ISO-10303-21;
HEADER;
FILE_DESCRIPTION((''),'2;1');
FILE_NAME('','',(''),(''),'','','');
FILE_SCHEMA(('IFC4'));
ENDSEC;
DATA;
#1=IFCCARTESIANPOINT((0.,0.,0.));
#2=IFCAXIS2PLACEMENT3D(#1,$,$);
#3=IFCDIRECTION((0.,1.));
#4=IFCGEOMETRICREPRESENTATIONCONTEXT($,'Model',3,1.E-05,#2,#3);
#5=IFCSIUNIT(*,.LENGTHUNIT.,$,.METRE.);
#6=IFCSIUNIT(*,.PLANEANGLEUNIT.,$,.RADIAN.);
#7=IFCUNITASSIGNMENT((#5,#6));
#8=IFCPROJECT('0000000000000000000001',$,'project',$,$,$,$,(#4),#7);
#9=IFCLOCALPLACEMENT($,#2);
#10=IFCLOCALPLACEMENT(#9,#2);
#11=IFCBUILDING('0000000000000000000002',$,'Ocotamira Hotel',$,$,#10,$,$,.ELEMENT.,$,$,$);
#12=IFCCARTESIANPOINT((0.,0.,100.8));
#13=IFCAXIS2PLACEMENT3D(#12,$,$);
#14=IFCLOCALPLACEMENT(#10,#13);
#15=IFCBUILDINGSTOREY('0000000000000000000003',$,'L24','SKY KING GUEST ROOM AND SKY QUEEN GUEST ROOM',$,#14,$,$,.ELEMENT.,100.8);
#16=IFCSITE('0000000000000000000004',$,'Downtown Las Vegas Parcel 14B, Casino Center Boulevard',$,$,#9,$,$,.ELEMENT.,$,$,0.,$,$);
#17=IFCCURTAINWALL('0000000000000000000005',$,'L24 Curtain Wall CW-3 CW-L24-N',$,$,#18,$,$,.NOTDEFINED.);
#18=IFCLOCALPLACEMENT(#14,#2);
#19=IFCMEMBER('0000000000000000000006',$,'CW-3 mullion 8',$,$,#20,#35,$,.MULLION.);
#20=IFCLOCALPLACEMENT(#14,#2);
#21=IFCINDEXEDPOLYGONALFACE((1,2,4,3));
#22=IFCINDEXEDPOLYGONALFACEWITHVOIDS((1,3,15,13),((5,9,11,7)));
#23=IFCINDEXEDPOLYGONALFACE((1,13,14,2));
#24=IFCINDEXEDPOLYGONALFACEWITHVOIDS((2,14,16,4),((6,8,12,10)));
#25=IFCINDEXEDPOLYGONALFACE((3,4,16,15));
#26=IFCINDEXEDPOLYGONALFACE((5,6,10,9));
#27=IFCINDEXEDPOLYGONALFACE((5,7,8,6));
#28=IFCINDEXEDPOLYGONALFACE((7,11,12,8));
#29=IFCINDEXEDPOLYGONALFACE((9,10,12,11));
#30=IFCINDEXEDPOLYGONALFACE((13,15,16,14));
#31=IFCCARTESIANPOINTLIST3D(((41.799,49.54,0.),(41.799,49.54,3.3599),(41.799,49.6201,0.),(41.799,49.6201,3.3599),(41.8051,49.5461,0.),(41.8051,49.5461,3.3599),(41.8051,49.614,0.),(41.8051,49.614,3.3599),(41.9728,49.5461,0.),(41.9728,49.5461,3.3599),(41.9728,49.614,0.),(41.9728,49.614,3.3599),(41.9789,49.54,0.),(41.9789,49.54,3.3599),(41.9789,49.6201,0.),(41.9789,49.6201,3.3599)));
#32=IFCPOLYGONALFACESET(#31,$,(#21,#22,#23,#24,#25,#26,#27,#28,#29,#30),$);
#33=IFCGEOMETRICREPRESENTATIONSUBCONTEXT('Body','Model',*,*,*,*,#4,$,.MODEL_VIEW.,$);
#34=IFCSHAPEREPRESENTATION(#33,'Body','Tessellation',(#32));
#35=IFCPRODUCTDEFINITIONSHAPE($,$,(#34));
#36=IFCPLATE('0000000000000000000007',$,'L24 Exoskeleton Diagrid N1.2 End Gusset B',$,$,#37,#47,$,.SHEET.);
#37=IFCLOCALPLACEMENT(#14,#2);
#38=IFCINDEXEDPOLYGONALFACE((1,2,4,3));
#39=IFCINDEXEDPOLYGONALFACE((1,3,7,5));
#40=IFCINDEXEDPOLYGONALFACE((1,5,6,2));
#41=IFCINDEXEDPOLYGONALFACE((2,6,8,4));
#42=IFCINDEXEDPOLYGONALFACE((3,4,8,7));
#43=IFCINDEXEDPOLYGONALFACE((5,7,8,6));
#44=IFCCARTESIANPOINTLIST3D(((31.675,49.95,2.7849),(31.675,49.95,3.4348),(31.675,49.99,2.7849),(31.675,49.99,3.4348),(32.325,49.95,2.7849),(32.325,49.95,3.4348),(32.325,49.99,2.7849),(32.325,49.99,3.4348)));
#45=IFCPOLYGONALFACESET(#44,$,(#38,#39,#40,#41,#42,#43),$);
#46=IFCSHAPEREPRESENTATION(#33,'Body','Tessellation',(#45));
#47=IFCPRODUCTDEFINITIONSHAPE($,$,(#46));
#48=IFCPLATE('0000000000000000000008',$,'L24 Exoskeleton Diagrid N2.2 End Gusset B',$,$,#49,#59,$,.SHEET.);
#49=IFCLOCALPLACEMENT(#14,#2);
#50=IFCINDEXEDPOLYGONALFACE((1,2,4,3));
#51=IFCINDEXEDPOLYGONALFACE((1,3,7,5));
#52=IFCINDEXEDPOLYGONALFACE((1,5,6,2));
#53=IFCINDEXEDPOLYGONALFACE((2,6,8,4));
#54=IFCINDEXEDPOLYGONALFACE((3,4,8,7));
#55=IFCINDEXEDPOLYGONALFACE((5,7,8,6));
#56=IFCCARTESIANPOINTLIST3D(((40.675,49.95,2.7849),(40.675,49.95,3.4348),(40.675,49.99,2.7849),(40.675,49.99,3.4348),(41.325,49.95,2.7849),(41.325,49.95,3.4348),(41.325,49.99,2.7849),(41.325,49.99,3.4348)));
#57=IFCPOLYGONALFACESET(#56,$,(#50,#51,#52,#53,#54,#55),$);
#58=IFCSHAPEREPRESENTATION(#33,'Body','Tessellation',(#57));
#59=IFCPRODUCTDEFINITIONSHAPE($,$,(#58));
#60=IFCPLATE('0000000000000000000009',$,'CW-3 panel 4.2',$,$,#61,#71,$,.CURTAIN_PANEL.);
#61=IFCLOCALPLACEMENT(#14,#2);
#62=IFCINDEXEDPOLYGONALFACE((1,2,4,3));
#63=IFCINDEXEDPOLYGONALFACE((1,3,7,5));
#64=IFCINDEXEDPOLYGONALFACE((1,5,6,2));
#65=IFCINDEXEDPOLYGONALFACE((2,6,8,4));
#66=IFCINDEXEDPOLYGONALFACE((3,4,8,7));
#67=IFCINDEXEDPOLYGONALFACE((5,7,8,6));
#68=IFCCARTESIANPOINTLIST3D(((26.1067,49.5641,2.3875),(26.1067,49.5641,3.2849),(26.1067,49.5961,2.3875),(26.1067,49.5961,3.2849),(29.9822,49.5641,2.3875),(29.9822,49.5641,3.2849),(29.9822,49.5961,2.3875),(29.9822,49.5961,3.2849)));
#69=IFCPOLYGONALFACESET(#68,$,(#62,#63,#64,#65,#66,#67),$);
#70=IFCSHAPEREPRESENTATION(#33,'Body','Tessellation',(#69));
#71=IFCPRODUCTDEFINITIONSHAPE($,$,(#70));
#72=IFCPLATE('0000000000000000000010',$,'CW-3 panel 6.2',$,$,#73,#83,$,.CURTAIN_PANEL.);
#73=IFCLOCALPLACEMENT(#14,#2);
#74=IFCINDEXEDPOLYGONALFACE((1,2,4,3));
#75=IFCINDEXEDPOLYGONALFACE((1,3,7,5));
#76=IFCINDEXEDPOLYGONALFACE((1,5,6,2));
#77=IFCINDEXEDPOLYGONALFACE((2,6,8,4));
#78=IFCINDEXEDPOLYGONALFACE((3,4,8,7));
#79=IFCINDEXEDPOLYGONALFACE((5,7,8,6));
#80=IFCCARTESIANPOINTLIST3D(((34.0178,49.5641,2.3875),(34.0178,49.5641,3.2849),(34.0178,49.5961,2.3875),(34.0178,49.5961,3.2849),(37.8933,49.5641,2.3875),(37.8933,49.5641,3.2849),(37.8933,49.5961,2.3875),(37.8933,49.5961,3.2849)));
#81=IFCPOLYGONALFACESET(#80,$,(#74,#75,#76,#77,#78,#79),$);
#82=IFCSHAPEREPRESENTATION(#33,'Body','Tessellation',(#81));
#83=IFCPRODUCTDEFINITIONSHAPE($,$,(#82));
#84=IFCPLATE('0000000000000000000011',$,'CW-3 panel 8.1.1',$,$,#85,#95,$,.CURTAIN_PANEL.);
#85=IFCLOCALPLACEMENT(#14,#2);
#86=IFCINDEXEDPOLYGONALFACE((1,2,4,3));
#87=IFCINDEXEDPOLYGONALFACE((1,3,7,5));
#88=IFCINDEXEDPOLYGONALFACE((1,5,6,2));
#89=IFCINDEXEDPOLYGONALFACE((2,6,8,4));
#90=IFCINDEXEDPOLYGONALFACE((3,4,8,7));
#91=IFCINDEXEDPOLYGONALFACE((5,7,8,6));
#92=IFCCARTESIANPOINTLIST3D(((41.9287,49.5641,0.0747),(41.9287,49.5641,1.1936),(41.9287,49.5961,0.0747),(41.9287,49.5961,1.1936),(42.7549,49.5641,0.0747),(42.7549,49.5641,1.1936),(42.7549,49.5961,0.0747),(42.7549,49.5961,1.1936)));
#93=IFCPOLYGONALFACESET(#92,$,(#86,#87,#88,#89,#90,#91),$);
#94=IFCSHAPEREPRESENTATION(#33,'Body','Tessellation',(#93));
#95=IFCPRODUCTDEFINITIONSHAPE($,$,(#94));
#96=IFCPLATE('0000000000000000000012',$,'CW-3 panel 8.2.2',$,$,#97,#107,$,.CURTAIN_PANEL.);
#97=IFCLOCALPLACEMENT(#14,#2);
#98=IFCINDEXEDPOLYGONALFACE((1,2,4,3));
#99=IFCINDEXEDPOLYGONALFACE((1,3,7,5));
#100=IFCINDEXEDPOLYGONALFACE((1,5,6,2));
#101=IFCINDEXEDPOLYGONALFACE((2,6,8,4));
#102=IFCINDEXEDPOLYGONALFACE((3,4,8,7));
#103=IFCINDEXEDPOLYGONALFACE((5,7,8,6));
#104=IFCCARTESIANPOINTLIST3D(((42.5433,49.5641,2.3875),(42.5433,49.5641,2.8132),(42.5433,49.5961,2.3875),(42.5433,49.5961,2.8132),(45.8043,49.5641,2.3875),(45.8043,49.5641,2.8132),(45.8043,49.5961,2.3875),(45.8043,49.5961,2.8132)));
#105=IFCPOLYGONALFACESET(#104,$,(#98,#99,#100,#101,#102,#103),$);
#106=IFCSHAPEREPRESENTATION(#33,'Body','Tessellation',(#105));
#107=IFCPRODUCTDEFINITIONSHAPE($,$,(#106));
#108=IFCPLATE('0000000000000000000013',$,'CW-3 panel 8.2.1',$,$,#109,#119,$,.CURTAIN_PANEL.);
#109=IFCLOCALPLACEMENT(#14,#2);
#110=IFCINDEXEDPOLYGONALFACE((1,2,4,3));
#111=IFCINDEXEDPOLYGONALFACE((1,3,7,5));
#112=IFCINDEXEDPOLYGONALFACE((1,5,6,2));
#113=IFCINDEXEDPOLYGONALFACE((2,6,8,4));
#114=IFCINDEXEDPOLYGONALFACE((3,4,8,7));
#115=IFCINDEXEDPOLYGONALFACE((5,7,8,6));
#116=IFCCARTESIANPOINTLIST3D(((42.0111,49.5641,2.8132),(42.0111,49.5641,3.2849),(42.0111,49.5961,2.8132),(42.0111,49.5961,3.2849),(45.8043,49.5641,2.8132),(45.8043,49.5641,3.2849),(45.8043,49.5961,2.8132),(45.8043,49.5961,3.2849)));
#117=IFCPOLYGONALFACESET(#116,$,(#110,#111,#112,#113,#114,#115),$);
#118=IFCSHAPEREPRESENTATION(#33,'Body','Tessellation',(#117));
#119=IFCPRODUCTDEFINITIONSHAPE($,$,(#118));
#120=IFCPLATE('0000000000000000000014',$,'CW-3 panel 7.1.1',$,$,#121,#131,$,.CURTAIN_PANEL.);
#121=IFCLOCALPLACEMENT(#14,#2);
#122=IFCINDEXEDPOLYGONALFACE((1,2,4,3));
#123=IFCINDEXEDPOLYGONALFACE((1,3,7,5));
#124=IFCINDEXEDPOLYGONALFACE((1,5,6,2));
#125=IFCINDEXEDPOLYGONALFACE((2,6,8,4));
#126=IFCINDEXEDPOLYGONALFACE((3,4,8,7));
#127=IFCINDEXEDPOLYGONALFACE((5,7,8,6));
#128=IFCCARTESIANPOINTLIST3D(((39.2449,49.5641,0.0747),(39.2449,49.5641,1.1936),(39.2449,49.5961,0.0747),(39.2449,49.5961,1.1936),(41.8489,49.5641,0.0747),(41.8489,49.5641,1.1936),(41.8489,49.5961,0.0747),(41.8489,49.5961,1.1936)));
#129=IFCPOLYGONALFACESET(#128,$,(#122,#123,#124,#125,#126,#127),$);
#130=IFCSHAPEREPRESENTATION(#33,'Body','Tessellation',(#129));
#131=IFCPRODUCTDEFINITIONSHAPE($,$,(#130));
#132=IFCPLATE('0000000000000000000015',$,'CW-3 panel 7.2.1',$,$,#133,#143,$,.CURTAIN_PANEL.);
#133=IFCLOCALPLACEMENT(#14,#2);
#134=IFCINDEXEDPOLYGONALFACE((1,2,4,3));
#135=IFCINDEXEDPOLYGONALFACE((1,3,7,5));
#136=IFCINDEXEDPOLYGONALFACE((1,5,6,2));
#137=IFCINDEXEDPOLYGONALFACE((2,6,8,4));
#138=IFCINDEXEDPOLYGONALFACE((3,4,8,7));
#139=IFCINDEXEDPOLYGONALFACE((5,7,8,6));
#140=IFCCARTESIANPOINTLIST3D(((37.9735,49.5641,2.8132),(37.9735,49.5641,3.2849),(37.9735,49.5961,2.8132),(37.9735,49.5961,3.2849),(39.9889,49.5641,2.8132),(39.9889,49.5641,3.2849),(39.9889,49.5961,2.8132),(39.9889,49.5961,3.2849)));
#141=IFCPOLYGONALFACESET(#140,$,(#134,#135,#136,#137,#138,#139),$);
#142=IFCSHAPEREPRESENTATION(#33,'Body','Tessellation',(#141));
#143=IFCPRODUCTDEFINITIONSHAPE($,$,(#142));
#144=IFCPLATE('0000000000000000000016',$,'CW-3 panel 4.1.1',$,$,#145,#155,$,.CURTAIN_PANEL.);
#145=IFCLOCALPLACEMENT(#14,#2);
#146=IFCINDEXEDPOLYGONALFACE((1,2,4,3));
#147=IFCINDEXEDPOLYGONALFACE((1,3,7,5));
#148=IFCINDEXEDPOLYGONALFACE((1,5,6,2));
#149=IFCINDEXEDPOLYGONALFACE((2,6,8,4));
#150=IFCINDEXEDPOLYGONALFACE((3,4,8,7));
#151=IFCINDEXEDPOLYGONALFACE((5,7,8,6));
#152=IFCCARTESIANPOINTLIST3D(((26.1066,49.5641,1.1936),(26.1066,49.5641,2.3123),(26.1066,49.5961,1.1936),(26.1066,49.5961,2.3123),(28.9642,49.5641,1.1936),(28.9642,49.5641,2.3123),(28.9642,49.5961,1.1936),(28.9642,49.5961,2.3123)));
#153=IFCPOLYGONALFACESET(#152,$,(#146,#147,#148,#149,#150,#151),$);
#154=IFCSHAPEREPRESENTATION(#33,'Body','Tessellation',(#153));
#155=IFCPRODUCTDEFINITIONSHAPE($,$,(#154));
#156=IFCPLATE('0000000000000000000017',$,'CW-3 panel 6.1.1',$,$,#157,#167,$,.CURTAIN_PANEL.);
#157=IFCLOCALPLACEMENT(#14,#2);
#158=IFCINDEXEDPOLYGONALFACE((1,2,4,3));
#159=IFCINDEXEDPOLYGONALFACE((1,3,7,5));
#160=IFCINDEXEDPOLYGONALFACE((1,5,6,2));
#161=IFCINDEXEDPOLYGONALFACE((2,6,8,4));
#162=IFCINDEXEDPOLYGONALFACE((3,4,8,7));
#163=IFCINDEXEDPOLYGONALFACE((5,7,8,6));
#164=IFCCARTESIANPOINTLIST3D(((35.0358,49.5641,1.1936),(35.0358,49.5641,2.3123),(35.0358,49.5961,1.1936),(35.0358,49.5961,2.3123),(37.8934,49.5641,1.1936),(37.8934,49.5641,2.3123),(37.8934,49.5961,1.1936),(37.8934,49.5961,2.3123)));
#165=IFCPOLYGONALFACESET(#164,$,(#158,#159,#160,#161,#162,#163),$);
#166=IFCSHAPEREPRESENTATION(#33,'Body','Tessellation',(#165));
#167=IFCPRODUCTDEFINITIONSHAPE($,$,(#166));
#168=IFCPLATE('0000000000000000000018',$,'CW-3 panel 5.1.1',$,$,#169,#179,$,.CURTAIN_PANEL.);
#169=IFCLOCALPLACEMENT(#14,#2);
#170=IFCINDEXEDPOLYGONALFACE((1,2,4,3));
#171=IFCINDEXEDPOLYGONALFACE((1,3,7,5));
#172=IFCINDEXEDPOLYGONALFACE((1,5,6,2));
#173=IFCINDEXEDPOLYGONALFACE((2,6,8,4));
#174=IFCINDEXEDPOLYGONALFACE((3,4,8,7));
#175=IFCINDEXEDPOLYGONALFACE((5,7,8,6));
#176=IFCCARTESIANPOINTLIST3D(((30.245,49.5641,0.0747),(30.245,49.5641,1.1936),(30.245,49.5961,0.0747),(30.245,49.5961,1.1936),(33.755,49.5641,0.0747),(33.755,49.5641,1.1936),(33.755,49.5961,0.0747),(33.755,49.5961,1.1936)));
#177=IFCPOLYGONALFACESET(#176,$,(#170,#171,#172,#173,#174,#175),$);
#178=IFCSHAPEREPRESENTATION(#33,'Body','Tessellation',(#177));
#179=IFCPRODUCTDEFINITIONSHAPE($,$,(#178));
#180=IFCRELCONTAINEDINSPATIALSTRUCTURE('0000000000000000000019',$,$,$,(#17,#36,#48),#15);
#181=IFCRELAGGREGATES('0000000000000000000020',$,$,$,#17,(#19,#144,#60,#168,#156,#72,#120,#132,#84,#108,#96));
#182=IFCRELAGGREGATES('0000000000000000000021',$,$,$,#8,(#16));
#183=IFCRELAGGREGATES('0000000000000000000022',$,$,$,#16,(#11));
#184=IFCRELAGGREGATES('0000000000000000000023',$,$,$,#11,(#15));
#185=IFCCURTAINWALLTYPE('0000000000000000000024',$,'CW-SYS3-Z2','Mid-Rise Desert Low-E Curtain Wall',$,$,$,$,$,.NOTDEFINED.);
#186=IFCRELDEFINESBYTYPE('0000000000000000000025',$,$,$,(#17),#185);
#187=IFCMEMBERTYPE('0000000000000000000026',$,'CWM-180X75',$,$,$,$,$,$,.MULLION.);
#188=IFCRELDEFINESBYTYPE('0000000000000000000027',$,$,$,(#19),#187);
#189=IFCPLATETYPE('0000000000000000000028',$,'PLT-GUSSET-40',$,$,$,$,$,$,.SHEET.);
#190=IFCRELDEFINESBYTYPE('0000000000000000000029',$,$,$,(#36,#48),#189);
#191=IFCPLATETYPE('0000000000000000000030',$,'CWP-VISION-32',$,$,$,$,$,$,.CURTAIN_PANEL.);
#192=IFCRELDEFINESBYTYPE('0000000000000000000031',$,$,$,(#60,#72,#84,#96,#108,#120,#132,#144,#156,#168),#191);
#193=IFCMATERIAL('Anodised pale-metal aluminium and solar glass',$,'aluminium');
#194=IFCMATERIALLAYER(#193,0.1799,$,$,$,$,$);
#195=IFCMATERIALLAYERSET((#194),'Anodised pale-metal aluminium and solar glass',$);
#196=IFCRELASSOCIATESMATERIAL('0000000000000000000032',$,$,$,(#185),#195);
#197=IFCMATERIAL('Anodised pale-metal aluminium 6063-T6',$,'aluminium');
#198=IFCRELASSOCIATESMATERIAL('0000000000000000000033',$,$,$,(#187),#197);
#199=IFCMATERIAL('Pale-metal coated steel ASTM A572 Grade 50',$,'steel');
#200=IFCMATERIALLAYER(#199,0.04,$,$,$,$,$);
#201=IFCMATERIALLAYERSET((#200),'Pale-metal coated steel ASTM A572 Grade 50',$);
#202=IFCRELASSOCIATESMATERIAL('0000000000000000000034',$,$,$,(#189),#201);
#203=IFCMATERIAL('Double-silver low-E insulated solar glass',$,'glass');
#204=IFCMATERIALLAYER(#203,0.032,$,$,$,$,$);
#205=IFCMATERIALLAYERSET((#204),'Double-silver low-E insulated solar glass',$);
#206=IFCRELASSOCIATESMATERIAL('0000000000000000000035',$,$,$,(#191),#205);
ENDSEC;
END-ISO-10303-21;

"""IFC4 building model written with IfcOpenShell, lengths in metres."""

from ifc_helpers import new_model, si_unit, direction, frame, origin, origin_2d, place, context, subcontext, project, spatial, rectangle, hollow_rectangle, extrude, source, transform, mapped, material, layer, layer_set, material_profile, profile_set, type_object, element, aggregate, save


model = new_model("IFC4")

# Units and contexts
model_context = context("Model", 3, precision=1e-05, world=origin(), true_north=direction((0.0, 1.0)))
body_context = subcontext(model_context, "Body", "Model", "MODEL_VIEW")
ifc_project = project(units=[si_unit("LENGTHUNIT", "METRE"), si_unit("PLANEANGLEUNIT", "RADIAN")], contexts=[model_context])

# Site, building, storey
site_placement = place(None, origin())
site = spatial("IfcSite", under=ifc_project, at=site_placement, Name="Downtown Las Vegas Parcel 14B, Casino Center Boulevard", CompositionType="ELEMENT", RefElevation=0.0)
building_placement = place(site_placement, origin())
building = spatial("IfcBuilding", under=site, at=building_placement, Name="Ocotamira Hotel", CompositionType="ELEMENT")
storey_placement = place(building_placement, frame((0.0, 0.0, 100.8)))
storey = spatial("IfcBuildingStorey", under=building, at=storey_placement, Name="L24", Description="SKY KING GUEST ROOM AND SKY QUEEN GUEST ROOM", CompositionType="ELEMENT", Elevation=100.8)

# Curtain wall, member
ifc_material_1 = material(Name="Anodised pale-metal aluminium and solar glass", Category="aluminium")
ifc_layer_1 = layer(ifc_material_1, 0.1799)
ifc_layer_set_1 = layer_set([ifc_layer_1], Name="Anodised pale-metal aluminium and solar glass")
curtain_wall_type = type_object("IfcCurtainWallType", Name="CW-SYS3-Z2", Description="Mid-Rise Desert Low-E Curtain Wall", PredefinedType="NOTDEFINED", material=ifc_layer_set_1)
curtain_wall_placement = place(storey_placement, origin())
curtain_wall = element("IfcCurtainWall", 1, at=curtain_wall_placement, inside=storey, type_object=curtain_wall_type, Name="L24 Curtain Wall CW-3 CW-L24-N", PredefinedType="NOTDEFINED")
ifc_material_2 = material(Name="Anodised pale-metal aluminium 6063-T6", Category="aluminium")
ifc_material_profile_1 = material_profile(ifc_material_2, hollow_rectangle(XDim=0.0801, YDim=0.1799, WallThickness=0.0061, at=origin_2d()), Name="HSS180X80X6")
ifc_profile_set_1 = profile_set([ifc_material_profile_1], Name="Anodised pale-metal aluminium 6063-T6")
member_type_1 = type_object("IfcMemberType", Name="CWM-180X75", PredefinedType="MULLION", material=ifc_profile_set_1)
shared_shape_1 = source(origin(), body_context, "Body", "SweptSolid", [
    extrude(hollow_rectangle(XDim=0.0801, YDim=0.1799, WallThickness=0.0061, at=origin_2d()), origin(), (0.0, 0.0, 1.0), 3.3599),
])
member_1_placement = place(storey_placement, frame((41.8889, 49.5801, 0.0), z_axis=(0.0, 0.0, 1.0), x_axis=(0.0, 1.0, 0.0)))
member_1 = element("IfcMember", 2, at=member_1_placement, type_object=member_type_1, Name="CW-3 mullion 8", PredefinedType="MULLION", context=body_context, shape_type="MappedRepresentation", body=[
    mapped(shared_shape_1, transform((0.0, 0.0, 0.0), scale=1.0)),
])

# Plates
ifc_material_3 = material(Name="Pale-metal coated steel ASTM A572 Grade 50", Category="steel")
ifc_layer_2 = layer(ifc_material_3, 0.04)
ifc_layer_set_2 = layer_set([ifc_layer_2], Name="Pale-metal coated steel ASTM A572 Grade 50")
plate_type_1 = type_object("IfcPlateType", Name="PLT-GUSSET-40", PredefinedType="SHEET", material=ifc_layer_set_2)
shared_shape_2 = source(origin(), body_context, "Body", "SweptSolid", [
    extrude(rectangle(XDim=0.6499, YDim=0.04, at=origin_2d()), origin(), (0.0, 0.0, 1.0), 0.6499),
])
for number, where, z_axis, x_axis, name in (
    (3, (32.0, 49.97, 2.7849), (0.0, 0.0, 1.0), (1.0, 0.0, 0.0), "L24 Exoskeleton Diagrid N1.2 End Gusset B"),
    (4, (41.0, 49.97, 2.7849), (0.0, 0.0, 1.0), (1.0, 0.0, 0.0), "L24 Exoskeleton Diagrid N2.2 End Gusset B"),
):
    element("IfcPlate", number, at=place(storey_placement, frame(where, z_axis=z_axis, x_axis=x_axis)), inside=storey, type_object=plate_type_1, Name=name, PredefinedType="SHEET", context=body_context, shape_type="MappedRepresentation", body=[
        mapped(shared_shape_2, transform((0.0, 0.0, 0.0), scale=1.0)),
    ])

# Plates
ifc_material_4 = material(Name="Double-silver low-E insulated solar glass", Category="glass")
ifc_layer_3 = layer(ifc_material_4, 0.032)
ifc_layer_set_3 = layer_set([ifc_layer_3], Name="Double-silver low-E insulated solar glass")
plate_type_2 = type_object("IfcPlateType", Name="CWP-VISION-32", PredefinedType="CURTAIN_PANEL", material=ifc_layer_set_3)
shared_shape_3 = source(origin(), body_context, "Body", "SweptSolid", [
    extrude(rectangle(XDim=3.8755, YDim=0.032, at=origin_2d()), origin(), (0.0, 0.0, 1.0), 0.8975),
])
plate_1_placement = place(storey_placement, frame((28.0444, 49.5801, 2.3875), z_axis=(0.0, 0.0, 1.0), x_axis=(1.0, 0.0, 0.0)))
plate_1 = element("IfcPlate", 5, at=plate_1_placement, type_object=plate_type_2, Name="CW-3 panel 4.2", PredefinedType="CURTAIN_PANEL", context=body_context, shape_type="MappedRepresentation", body=[
    mapped(shared_shape_3, transform((0.0, 0.0, 0.0), scale=1.0)),
])
plate_2_placement = place(storey_placement, frame((35.9556, 49.5801, 2.3875), z_axis=(0.0, 0.0, 1.0), x_axis=(1.0, 0.0, 0.0)))
plate_2 = element("IfcPlate", 6, at=plate_2_placement, type_object=plate_type_2, Name="CW-3 panel 6.2", PredefinedType="CURTAIN_PANEL", context=body_context, shape_type="MappedRepresentation", body=[
    mapped(shared_shape_3, transform((0.0, 0.0, 0.0), scale=1.0)),
])
shared_shape_4 = source(origin(), body_context, "Body", "SweptSolid", [
    extrude(rectangle(XDim=0.8262, YDim=0.032, at=origin_2d()), origin(), (0.0, 0.0, 1.0), 1.1189),
])
plate_3_placement = place(storey_placement, frame((42.3418, 49.5801, 0.0747), z_axis=(0.0, 0.0, 1.0), x_axis=(1.0, 0.0, 0.0)))
plate_3 = element("IfcPlate", 7, at=plate_3_placement, type_object=plate_type_2, Name="CW-3 panel 8.1.1", PredefinedType="CURTAIN_PANEL", context=body_context, shape_type="MappedRepresentation", body=[
    mapped(shared_shape_4, transform((0.0, 0.0, 0.0), scale=1.0)),
])
shared_shape_5 = source(origin(), body_context, "Body", "SweptSolid", [
    extrude(rectangle(XDim=3.261, YDim=0.032, at=origin_2d()), origin(), (0.0, 0.0, 1.0), 0.4258),
])
plate_4_placement = place(storey_placement, frame((44.1738, 49.5801, 2.3875), z_axis=(0.0, 0.0, 1.0), x_axis=(1.0, 0.0, 0.0)))
plate_4 = element("IfcPlate", 8, at=plate_4_placement, type_object=plate_type_2, Name="CW-3 panel 8.2.2", PredefinedType="CURTAIN_PANEL", context=body_context, shape_type="MappedRepresentation", body=[
    mapped(shared_shape_5, transform((0.0, 0.0, 0.0), scale=1.0)),
])
shared_shape_6 = source(origin(), body_context, "Body", "SweptSolid", [
    extrude(rectangle(XDim=3.7932, YDim=0.032, at=origin_2d()), origin(), (0.0, 0.0, 1.0), 0.4717),
])
plate_5_placement = place(storey_placement, frame((43.9077, 49.5801, 2.8132), z_axis=(0.0, 0.0, 1.0), x_axis=(1.0, 0.0, 0.0)))
plate_5 = element("IfcPlate", 9, at=plate_5_placement, type_object=plate_type_2, Name="CW-3 panel 8.2.1", PredefinedType="CURTAIN_PANEL", context=body_context, shape_type="MappedRepresentation", body=[
    mapped(shared_shape_6, transform((0.0, 0.0, 0.0), scale=1.0)),
])
shared_shape_7 = source(origin(), body_context, "Body", "SweptSolid", [
    extrude(rectangle(XDim=2.604, YDim=0.032, at=origin_2d()), origin(), (0.0, 0.0, 1.0), 1.1189),
])
plate_6_placement = place(storey_placement, frame((40.5469, 49.5801, 0.0747), z_axis=(0.0, 0.0, 1.0), x_axis=(1.0, 0.0, 0.0)))
plate_6 = element("IfcPlate", 10, at=plate_6_placement, type_object=plate_type_2, Name="CW-3 panel 7.1.1", PredefinedType="CURTAIN_PANEL", context=body_context, shape_type="MappedRepresentation", body=[
    mapped(shared_shape_7, transform((0.0, 0.0, 0.0), scale=1.0)),
])
shared_shape_8 = source(origin(), body_context, "Body", "SweptSolid", [
    extrude(rectangle(XDim=2.0154, YDim=0.032, at=origin_2d()), origin(), (0.0, 0.0, 1.0), 0.4717),
])
plate_7_placement = place(storey_placement, frame((38.9812, 49.5801, 2.8132), z_axis=(0.0, 0.0, 1.0), x_axis=(1.0, 0.0, 0.0)))
plate_7 = element("IfcPlate", 11, at=plate_7_placement, type_object=plate_type_2, Name="CW-3 panel 7.2.1", PredefinedType="CURTAIN_PANEL", context=body_context, shape_type="MappedRepresentation", body=[
    mapped(shared_shape_8, transform((0.0, 0.0, 0.0), scale=1.0)),
])
shared_shape_9 = source(origin(), body_context, "Body", "SweptSolid", [
    extrude(rectangle(XDim=2.8577, YDim=0.032, at=origin_2d()), origin(), (0.0, 0.0, 1.0), 1.1187),
])
plate_8_placement = place(storey_placement, frame((27.5354, 49.5801, 1.1936), z_axis=(0.0, 0.0, 1.0), x_axis=(1.0, 0.0, 0.0)))
plate_8 = element("IfcPlate", 12, at=plate_8_placement, type_object=plate_type_2, Name="CW-3 panel 4.1.1", PredefinedType="CURTAIN_PANEL", context=body_context, shape_type="MappedRepresentation", body=[
    mapped(shared_shape_9, transform((0.0, 0.0, 0.0), scale=1.0)),
])
plate_9_placement = place(storey_placement, frame((36.4646, 49.5801, 1.1936), z_axis=(0.0, 0.0, 1.0), x_axis=(1.0, 0.0, 0.0)))
plate_9 = element("IfcPlate", 13, at=plate_9_placement, type_object=plate_type_2, Name="CW-3 panel 6.1.1", PredefinedType="CURTAIN_PANEL", context=body_context, shape_type="MappedRepresentation", body=[
    mapped(shared_shape_9, transform((0.0, 0.0, 0.0), scale=1.0)),
])
shared_shape_10 = source(origin(), body_context, "Body", "SweptSolid", [
    extrude(rectangle(XDim=3.51, YDim=0.032, at=origin_2d()), origin(), (0.0, 0.0, 1.0), 1.1189),
])
plate_10_placement = place(storey_placement, frame((32.0, 49.5801, 0.0747), z_axis=(0.0, 0.0, 1.0), x_axis=(1.0, 0.0, 0.0)))
plate_10 = element("IfcPlate", 14, at=plate_10_placement, type_object=plate_type_2, Name="CW-3 panel 5.1.1", PredefinedType="CURTAIN_PANEL", context=body_context, shape_type="MappedRepresentation", body=[
    mapped(shared_shape_10, transform((0.0, 0.0, 0.0), scale=1.0)),
])
aggregate(curtain_wall, [member_1, plate_8, plate_1, plate_10, plate_9, plate_2, plate_6, plate_7, plate_3, plate_5, plate_4])

save(model, "model.ifc")
